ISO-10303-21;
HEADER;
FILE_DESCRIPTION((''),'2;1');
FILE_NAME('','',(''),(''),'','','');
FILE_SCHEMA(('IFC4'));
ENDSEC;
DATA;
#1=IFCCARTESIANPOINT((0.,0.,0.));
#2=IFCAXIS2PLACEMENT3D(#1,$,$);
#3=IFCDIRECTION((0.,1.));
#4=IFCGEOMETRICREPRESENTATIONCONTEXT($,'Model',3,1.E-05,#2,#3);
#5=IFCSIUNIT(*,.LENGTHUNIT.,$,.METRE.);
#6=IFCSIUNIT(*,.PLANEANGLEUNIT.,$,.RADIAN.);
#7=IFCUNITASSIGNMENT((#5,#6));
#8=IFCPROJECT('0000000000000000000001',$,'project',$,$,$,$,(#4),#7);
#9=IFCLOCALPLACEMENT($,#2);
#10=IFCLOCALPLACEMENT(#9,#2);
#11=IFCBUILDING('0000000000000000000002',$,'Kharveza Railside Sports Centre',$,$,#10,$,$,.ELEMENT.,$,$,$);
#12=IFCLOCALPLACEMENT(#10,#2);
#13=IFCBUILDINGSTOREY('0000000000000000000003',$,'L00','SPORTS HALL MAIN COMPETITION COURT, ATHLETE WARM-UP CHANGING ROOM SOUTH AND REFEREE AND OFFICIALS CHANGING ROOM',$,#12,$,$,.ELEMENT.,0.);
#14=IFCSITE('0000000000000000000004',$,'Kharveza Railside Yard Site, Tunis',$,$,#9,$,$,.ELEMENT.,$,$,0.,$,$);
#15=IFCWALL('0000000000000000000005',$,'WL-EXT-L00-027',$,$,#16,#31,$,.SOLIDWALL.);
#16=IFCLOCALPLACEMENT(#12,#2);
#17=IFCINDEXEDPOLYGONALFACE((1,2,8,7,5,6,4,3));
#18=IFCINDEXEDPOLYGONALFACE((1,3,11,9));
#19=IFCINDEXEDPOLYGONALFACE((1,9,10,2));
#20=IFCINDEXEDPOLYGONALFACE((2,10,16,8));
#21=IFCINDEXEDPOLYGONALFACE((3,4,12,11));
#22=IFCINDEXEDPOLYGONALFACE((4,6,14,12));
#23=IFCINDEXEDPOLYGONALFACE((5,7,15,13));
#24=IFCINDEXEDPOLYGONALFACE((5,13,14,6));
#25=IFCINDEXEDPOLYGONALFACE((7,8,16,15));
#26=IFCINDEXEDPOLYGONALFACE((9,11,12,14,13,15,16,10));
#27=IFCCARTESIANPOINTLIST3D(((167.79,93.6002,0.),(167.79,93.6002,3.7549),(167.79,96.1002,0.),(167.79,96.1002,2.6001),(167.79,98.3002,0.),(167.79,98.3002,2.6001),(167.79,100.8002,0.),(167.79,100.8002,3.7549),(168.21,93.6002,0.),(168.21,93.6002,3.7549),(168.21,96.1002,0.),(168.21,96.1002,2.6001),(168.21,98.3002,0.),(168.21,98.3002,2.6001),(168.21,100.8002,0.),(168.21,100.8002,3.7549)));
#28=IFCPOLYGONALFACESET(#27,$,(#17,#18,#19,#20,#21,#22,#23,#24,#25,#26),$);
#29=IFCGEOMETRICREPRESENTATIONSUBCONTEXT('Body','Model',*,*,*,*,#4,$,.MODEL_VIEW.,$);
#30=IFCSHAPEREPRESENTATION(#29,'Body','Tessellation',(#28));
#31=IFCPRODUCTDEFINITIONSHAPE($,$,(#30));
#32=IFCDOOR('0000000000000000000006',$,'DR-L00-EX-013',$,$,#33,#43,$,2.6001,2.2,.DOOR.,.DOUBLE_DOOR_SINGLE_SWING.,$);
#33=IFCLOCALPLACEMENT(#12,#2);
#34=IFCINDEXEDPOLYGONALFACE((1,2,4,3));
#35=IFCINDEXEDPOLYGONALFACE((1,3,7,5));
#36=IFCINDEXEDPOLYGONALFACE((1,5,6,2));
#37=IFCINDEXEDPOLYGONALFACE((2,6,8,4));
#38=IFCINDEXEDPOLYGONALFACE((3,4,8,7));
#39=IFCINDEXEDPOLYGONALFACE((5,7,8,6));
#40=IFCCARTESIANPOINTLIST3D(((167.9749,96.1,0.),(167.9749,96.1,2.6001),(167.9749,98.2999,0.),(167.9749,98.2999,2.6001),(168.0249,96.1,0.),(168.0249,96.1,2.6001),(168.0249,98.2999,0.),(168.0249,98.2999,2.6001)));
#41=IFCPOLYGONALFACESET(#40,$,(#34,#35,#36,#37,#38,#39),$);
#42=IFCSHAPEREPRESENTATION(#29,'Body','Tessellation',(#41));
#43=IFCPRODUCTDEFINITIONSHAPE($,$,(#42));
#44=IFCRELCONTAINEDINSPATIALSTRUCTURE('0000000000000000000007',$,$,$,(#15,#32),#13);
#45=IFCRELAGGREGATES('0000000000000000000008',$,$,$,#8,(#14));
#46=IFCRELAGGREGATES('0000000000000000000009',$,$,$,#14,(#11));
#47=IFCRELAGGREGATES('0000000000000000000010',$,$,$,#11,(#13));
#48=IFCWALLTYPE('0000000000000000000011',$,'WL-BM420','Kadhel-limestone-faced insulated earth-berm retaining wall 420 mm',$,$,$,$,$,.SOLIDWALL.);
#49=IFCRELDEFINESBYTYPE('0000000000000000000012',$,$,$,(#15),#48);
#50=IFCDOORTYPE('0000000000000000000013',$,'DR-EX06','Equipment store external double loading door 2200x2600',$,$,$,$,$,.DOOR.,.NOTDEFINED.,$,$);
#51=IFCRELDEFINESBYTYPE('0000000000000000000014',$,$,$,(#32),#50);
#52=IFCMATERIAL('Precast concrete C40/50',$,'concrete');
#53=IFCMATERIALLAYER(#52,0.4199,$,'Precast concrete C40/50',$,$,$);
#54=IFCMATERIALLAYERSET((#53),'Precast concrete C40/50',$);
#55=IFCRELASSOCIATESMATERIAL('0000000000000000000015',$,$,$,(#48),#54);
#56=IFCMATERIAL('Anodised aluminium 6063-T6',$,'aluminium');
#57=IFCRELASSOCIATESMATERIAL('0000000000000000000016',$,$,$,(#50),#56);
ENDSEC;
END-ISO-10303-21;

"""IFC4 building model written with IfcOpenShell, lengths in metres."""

from ifc_helpers import new_model, si_unit, direction, frame, frame_2d, origin, place, context, subcontext, project, spatial, rectangle, extrude, material, layer, layer_set, type_object, element, fill, save


model = new_model("IFC4")

# Units and contexts
model_context = context("Model", 3, precision=1e-05, world=origin(), true_north=direction((0.0, 1.0)))
body_context = subcontext(model_context, "Body", "Model", "MODEL_VIEW")
ifc_project = project(units=[si_unit("LENGTHUNIT", "METRE"), si_unit("PLANEANGLEUNIT", "RADIAN")], contexts=[model_context])

# Site, building, storey
site_placement = place(None, origin())
site = spatial("IfcSite", under=ifc_project, at=site_placement, Name="Kharveza Railside Yard Site, Tunis", CompositionType="ELEMENT", RefElevation=0.0)
building_placement = place(site_placement, origin())
building = spatial("IfcBuilding", under=site, at=building_placement, Name="Kharveza Railside Sports Centre", CompositionType="ELEMENT")
storey_placement = place(building_placement, origin())
storey = spatial("IfcBuildingStorey", under=building, at=storey_placement, Name="L00", Description="SPORTS HALL MAIN COMPETITION COURT, ATHLETE WARM-UP CHANGING ROOM SOUTH AND REFEREE AND OFFICIALS CHANGING ROOM", CompositionType="ELEMENT", Elevation=0.0)

# Wall, opening, door
ifc_material_1 = material(Name="Precast concrete C40/50", Category="concrete")
ifc_layer = layer(ifc_material_1, 0.4199, Name="Precast concrete C40/50")
ifc_layer_set = layer_set([ifc_layer], Name="Precast concrete C40/50")
wall_type = type_object("IfcWallType", Name="WL-BM420", Description="Kadhel-limestone-faced insulated earth-berm retaining wall 420 mm", PredefinedType="SOLIDWALL", material=ifc_layer_set)
wall_placement = place(storey_placement, frame((168.0, 93.6001, 0.0), z_axis=(0.0, 0.0, 1.0), x_axis=(0.0, 1.0, 0.0)))
wall = element("IfcWall", 1, at=wall_placement, inside=storey, type_object=wall_type, Name="WL-EXT-L00-027", PredefinedType="SOLIDWALL", context=body_context, shape_type="SweptSolid", body=[
    extrude(rectangle(XDim=7.2, YDim=0.4199, at=frame_2d((3.6001, 0.0))), origin(), (0.0, 0.0, 1.0), 3.7549),
])
opening_placement = place(wall_placement, frame((2.5, 0.0, 0.0)))
opening = element("IfcOpeningElement", 2, at=opening_placement, cuts=wall, PredefinedType="OPENING", context=body_context, shape_type="SweptSolid", body=[
    extrude(rectangle(XDim=2.2, YDim=2.6001, at=frame_2d((1.1001, 1.3))), frame((0.0, 0.2349, 0.0), z_axis=(0.0, -1.0, 0.0), x_axis=(1.0, 0.0, 0.0)), (0.0, 0.0, 1.0), 0.4697),
])
ifc_material_2 = material(Name="Anodised aluminium 6063-T6", Category="aluminium")
door_type = type_object("IfcDoorType", Name="DR-EX06", Description="Equipment store external double loading door 2200x2600", OperationType="NOTDEFINED", PredefinedType="DOOR", material=ifc_material_2)
door_placement = place(opening_placement, frame((2.2, 0.0, 0.0), z_axis=(0.0, 0.0, 1.0), x_axis=(-1.0, 0.0, 0.0)))
door = element("IfcDoor", 3, at=door_placement, inside=storey, type_object=door_type, Name="DR-L00-EX-013", OperationType="DOUBLE_DOOR_SINGLE_SWING", OverallHeight=2.6001, OverallWidth=2.2, PredefinedType="DOOR", context=body_context, shape_type="SweptSolid", body=[
    extrude(rectangle(XDim=2.2, YDim=2.6001, at=frame_2d((1.1001, 1.3))), frame((0.0, 0.0249, 0.0), z_axis=(0.0, -1.0, 0.0), x_axis=(1.0, 0.0, 0.0)), (0.0, 0.0, 1.0), 0.05),
])
fill(opening, door)

save(model, "model.ifc")
